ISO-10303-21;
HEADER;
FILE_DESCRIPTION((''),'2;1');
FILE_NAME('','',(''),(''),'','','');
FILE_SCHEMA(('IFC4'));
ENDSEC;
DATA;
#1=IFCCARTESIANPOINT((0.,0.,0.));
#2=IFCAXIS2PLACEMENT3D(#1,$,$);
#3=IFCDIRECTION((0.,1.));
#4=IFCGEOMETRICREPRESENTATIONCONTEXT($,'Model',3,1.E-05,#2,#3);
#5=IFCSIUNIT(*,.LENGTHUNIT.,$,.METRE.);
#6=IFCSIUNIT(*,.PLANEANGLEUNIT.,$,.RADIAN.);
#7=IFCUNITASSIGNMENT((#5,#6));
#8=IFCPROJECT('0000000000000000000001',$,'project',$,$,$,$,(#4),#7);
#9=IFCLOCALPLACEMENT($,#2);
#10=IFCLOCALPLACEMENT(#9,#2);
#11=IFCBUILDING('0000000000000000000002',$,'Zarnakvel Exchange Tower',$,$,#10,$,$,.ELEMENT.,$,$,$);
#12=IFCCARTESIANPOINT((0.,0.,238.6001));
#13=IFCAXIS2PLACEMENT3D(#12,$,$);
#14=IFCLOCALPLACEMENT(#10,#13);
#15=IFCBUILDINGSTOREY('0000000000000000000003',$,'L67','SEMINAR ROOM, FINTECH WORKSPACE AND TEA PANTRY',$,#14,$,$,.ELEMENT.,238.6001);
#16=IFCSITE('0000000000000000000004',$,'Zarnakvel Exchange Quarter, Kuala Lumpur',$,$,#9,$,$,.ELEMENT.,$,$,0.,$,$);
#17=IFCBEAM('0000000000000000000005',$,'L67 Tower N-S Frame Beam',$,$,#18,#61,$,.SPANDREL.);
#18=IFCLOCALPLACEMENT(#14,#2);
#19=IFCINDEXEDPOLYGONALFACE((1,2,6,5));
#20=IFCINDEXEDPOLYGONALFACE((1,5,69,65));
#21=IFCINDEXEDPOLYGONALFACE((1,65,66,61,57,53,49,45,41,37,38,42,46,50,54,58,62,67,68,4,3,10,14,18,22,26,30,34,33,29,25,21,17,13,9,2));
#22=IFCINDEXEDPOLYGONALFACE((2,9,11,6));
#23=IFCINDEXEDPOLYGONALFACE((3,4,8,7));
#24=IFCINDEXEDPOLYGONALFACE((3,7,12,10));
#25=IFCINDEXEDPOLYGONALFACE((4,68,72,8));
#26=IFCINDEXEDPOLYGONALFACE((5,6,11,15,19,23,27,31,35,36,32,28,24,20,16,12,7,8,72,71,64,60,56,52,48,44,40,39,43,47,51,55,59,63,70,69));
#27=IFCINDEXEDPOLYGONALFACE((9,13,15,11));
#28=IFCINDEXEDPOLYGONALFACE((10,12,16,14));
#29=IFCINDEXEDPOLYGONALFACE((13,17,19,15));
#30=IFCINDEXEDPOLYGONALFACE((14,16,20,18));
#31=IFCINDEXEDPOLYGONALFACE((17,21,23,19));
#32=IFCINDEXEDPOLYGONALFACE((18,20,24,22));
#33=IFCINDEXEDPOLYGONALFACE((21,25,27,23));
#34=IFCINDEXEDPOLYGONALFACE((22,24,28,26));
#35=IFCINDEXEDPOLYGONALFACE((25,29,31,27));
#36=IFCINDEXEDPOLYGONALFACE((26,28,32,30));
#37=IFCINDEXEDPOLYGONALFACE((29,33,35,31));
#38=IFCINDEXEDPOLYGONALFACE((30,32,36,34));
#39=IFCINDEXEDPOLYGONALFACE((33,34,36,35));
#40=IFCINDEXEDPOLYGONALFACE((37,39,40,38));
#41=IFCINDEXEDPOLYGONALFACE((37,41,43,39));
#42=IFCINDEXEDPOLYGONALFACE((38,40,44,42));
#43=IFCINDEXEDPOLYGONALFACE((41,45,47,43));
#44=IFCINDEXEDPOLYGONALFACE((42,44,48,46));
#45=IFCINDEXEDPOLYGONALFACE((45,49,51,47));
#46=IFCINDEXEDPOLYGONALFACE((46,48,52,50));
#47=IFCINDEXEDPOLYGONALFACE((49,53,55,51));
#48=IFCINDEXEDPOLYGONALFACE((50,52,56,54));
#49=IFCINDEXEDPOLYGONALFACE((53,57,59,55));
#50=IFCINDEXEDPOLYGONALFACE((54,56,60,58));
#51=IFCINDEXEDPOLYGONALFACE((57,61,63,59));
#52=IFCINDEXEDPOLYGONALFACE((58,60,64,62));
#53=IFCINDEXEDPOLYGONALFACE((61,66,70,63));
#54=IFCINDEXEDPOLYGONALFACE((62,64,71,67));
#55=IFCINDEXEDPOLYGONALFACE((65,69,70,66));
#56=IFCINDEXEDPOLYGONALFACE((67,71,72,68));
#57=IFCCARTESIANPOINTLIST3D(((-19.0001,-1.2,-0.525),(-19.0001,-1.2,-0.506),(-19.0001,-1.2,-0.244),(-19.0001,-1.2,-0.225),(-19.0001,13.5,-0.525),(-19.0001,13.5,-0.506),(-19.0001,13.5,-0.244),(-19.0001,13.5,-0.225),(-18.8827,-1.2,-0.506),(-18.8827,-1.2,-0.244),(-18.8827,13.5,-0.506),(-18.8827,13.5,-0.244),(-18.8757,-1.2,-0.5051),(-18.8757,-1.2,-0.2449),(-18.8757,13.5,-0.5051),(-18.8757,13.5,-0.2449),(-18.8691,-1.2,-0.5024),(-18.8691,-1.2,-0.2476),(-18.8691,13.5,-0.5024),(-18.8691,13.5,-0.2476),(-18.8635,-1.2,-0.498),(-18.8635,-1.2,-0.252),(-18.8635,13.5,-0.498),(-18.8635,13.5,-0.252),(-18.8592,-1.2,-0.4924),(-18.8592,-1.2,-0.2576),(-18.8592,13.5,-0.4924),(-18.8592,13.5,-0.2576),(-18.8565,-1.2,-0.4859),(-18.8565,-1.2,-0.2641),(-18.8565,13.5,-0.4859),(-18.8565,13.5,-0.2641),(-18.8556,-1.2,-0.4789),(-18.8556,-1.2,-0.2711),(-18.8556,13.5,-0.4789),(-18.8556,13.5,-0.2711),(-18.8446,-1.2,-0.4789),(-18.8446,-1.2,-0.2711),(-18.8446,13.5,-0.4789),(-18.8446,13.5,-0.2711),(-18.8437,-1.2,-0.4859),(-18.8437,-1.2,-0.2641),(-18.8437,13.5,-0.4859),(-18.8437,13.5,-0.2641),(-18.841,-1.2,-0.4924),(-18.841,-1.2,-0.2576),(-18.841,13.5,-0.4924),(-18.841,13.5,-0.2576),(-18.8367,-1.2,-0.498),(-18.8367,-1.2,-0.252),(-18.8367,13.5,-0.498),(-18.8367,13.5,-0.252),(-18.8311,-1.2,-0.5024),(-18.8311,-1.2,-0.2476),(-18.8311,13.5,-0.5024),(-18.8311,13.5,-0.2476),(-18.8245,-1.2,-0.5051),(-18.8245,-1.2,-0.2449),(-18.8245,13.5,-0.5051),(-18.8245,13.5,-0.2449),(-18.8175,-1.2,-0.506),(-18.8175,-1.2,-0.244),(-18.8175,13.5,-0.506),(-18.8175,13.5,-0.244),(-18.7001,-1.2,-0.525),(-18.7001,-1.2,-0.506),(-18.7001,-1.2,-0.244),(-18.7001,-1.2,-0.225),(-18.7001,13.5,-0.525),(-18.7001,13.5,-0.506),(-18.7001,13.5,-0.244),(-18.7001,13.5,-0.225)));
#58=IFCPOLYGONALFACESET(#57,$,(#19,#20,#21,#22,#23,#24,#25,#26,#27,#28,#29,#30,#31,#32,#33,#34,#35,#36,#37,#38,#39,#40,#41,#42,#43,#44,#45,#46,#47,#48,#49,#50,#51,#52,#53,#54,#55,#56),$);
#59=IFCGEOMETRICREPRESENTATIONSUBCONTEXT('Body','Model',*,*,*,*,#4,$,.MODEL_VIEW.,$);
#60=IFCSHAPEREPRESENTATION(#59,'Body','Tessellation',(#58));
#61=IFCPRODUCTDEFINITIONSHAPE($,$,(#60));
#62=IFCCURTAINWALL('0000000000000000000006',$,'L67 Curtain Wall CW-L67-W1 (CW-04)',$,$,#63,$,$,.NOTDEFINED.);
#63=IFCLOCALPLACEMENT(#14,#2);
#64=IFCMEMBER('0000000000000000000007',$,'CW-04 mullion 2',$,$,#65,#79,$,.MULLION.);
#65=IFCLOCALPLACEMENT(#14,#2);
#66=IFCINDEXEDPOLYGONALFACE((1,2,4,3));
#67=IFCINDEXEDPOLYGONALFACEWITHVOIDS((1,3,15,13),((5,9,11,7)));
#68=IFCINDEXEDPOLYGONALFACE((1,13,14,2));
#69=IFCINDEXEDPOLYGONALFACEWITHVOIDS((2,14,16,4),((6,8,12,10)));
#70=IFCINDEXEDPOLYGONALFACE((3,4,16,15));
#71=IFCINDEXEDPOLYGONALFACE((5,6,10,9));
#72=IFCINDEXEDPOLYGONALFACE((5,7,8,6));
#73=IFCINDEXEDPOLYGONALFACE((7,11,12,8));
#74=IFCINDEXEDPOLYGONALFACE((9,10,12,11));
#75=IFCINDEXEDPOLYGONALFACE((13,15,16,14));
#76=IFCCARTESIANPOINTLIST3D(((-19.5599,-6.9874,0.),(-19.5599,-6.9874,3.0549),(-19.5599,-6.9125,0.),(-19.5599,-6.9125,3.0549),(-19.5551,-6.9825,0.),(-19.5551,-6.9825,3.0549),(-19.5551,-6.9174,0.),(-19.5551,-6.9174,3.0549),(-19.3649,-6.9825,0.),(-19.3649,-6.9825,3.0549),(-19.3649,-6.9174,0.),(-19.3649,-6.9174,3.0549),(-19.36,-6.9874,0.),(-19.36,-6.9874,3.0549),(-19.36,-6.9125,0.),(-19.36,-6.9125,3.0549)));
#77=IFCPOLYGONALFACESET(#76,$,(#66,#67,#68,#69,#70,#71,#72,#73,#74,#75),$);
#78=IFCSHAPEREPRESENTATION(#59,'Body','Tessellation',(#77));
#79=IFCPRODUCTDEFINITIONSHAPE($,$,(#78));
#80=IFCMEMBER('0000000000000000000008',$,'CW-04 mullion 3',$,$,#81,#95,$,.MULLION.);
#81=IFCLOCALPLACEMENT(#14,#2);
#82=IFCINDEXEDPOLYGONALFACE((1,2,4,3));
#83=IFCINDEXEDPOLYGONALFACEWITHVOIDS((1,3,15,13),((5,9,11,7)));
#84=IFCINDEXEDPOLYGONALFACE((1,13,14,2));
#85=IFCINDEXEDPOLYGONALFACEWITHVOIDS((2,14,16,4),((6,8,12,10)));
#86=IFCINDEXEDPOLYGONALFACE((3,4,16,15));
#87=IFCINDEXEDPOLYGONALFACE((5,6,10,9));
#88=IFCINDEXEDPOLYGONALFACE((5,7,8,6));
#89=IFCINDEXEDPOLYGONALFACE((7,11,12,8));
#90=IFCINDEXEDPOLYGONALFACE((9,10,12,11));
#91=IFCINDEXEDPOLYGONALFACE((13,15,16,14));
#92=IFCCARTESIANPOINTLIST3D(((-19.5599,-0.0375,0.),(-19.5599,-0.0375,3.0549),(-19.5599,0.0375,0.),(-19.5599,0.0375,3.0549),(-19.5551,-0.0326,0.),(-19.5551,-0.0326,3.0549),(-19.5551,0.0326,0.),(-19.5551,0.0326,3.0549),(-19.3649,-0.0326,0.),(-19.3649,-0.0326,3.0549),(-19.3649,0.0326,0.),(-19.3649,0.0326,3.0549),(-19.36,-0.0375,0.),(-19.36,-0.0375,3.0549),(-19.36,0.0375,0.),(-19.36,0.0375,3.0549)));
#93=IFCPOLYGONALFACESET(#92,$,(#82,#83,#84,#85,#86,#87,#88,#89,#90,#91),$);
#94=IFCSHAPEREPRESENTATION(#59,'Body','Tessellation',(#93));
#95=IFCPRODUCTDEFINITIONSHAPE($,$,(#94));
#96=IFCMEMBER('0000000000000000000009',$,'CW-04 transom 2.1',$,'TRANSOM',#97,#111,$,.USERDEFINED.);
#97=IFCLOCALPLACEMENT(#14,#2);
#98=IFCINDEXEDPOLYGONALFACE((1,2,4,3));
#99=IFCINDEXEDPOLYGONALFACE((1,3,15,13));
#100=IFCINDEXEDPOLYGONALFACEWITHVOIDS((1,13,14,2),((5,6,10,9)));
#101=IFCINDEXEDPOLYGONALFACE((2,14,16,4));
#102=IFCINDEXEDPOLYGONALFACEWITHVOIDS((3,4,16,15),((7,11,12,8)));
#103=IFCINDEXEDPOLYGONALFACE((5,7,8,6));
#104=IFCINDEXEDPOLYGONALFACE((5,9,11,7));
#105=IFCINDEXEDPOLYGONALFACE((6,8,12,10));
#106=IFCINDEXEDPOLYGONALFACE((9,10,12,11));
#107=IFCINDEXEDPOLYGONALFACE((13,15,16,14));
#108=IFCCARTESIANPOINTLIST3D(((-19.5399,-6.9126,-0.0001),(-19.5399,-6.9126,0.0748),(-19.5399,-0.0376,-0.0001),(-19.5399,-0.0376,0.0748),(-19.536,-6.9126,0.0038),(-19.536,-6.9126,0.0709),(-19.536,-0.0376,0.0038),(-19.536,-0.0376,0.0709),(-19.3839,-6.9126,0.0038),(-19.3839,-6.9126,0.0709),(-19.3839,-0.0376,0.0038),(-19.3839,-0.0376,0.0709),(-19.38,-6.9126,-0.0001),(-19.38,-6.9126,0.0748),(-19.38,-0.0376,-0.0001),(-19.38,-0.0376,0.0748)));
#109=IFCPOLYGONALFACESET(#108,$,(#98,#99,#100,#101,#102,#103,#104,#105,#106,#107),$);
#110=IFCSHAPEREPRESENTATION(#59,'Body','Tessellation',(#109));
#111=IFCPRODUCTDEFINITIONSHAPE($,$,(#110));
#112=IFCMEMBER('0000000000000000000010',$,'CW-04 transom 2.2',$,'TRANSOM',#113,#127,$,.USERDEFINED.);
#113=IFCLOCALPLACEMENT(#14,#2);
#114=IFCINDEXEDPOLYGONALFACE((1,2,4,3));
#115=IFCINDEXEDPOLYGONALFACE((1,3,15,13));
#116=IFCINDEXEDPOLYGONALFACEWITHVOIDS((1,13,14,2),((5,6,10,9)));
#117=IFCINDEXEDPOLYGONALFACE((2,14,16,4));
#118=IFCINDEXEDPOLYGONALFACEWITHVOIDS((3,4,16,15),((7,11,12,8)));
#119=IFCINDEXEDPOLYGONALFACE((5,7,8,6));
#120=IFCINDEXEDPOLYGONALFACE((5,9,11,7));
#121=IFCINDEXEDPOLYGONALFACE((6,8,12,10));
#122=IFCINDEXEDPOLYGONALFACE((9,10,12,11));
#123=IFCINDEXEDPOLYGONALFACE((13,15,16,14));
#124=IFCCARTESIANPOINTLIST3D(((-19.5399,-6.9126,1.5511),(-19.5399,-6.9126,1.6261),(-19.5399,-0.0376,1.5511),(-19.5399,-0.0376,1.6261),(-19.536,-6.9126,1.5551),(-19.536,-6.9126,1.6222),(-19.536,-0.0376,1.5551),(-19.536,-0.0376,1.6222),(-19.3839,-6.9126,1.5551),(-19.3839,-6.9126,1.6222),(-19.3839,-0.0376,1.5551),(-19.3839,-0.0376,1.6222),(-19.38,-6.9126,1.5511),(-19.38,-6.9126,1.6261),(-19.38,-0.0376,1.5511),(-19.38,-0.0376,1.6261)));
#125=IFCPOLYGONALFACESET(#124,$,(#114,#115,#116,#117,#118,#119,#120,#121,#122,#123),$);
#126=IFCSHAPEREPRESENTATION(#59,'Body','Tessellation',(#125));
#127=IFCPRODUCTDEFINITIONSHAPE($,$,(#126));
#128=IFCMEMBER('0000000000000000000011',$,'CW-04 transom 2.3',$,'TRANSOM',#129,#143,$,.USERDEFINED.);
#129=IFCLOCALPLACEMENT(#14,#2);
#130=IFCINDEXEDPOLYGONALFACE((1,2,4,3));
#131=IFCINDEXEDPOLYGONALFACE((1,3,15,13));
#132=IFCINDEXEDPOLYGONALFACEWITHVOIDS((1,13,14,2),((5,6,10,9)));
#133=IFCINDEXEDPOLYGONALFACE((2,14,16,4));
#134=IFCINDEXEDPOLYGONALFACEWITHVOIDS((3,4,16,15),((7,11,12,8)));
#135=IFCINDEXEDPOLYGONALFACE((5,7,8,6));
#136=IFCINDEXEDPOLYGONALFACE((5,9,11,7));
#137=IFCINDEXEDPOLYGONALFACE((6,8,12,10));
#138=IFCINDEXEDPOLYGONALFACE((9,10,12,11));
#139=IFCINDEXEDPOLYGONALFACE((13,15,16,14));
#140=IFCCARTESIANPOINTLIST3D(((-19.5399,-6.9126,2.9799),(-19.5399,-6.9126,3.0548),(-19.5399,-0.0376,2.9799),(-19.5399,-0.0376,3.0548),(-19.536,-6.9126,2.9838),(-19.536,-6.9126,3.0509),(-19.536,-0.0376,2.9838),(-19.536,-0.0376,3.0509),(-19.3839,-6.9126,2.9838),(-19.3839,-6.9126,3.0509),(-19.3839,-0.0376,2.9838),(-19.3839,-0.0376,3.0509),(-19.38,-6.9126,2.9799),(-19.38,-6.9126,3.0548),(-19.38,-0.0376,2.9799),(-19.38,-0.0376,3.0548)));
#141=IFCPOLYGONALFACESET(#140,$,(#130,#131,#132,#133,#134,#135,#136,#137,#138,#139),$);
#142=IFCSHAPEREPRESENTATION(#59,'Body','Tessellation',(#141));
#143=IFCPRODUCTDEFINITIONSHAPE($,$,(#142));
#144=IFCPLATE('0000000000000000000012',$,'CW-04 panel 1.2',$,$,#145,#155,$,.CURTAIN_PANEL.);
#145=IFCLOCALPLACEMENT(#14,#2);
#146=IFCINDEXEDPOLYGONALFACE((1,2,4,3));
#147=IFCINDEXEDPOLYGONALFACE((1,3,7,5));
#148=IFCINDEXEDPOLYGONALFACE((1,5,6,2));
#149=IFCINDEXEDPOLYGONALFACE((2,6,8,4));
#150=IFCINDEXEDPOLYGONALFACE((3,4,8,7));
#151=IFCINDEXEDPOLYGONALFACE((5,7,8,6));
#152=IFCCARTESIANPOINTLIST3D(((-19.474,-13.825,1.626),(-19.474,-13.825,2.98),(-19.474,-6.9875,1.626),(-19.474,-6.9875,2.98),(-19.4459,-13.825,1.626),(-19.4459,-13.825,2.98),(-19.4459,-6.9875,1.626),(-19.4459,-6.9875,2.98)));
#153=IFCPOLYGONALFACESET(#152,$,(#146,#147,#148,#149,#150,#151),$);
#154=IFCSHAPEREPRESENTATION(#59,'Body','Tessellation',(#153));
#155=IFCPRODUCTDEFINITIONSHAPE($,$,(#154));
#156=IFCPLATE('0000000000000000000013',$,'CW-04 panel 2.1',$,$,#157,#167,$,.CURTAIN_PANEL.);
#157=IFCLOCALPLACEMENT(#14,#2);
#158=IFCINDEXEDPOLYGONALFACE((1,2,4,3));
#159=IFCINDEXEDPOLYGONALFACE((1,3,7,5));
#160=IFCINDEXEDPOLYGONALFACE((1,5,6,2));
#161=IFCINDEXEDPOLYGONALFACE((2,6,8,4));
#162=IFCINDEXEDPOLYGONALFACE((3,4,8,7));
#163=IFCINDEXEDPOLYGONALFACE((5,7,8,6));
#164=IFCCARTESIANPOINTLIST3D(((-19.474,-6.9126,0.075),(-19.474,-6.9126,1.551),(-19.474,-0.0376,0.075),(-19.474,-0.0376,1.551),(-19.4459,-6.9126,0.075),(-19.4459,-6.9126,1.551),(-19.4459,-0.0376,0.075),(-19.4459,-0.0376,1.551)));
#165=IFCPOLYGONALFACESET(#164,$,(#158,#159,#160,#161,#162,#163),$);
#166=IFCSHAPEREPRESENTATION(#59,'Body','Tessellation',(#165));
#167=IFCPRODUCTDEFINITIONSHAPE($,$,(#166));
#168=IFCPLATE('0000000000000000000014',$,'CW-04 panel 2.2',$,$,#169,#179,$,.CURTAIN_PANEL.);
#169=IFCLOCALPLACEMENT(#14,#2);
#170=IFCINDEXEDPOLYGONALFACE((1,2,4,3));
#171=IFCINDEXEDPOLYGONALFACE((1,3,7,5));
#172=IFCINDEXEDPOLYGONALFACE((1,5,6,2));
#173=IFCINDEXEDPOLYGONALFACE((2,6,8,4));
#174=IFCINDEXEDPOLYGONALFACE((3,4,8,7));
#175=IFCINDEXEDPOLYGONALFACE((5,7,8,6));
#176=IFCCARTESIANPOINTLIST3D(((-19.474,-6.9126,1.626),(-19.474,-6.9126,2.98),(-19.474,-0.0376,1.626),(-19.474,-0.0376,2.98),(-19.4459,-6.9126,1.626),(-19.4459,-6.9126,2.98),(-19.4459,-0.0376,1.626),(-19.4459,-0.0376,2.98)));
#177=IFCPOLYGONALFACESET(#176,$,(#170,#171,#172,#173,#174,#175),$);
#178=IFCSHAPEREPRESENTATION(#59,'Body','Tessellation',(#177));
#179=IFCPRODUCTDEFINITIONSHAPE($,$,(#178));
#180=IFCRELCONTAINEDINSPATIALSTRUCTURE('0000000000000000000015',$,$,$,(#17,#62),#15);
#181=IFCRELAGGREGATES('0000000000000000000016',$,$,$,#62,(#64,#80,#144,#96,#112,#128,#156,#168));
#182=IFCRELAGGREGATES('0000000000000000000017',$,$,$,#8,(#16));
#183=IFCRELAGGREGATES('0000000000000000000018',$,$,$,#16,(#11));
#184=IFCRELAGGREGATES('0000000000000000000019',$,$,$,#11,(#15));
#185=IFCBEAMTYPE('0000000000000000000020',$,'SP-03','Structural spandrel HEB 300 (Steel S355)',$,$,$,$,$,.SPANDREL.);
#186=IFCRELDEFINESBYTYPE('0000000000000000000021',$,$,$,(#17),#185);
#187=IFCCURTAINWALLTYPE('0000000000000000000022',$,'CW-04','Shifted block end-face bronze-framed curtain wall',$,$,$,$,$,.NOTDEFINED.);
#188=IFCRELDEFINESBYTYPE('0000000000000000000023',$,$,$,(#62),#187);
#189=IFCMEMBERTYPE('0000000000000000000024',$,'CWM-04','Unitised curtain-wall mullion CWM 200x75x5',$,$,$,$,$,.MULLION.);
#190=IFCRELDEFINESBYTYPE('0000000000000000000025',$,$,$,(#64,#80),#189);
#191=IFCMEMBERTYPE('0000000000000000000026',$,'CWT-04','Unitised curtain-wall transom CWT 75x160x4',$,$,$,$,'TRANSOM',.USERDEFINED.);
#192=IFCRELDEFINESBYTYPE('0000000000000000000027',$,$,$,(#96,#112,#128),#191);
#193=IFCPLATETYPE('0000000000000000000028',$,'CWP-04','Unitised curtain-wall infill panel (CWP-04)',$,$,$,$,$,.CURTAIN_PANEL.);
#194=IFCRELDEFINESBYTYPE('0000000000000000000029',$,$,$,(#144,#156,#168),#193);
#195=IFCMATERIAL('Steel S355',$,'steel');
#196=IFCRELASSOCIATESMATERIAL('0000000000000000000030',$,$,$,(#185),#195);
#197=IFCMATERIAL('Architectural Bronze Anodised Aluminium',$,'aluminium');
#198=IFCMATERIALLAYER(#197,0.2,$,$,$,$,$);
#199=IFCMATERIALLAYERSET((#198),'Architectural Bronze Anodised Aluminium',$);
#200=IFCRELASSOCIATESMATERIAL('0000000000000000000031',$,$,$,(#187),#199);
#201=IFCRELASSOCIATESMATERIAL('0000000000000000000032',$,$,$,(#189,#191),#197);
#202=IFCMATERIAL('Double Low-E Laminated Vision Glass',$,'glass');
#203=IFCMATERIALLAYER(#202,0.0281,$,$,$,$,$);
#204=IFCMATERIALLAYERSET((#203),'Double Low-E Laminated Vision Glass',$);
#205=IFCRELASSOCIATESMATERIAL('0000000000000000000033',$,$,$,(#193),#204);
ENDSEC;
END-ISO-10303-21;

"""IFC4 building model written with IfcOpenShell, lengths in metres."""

from ifc_helpers import new_model, si_unit, direction, frame, origin, origin_2d, place, context, subcontext, project, spatial, rectangle, hollow_rectangle, i_section, extrude, source, transform, mapped, material, layer, layer_set, material_profile, profile_set, type_object, element, aggregate, save


model = new_model("IFC4")

# Units and contexts
model_context = context("Model", 3, precision=1e-05, world=origin(), true_north=direction((0.0, 1.0)))
body_context = subcontext(model_context, "Body", "Model", "MODEL_VIEW")
ifc_project = project(units=[si_unit("LENGTHUNIT", "METRE"), si_unit("PLANEANGLEUNIT", "RADIAN")], contexts=[model_context])

# Site, building, storey
site_placement = place(None, origin())
site = spatial("IfcSite", under=ifc_project, at=site_placement, Name="Zarnakvel Exchange Quarter, Kuala Lumpur", CompositionType="ELEMENT", RefElevation=0.0)
building_placement = place(site_placement, origin())
building = spatial("IfcBuilding", under=site, at=building_placement, Name="Zarnakvel Exchange Tower", CompositionType="ELEMENT")
storey_placement = place(building_placement, frame((0.0, 0.0, 238.6001)))
storey = spatial("IfcBuildingStorey", under=building, at=storey_placement, Name="L67", Description="SEMINAR ROOM, FINTECH WORKSPACE AND TEA PANTRY", CompositionType="ELEMENT", Elevation=238.6001)

# Shared definitions
ifc_material_1 = material(Name="Steel S355", Category="steel")

# Beam
ifc_material_profile_1 = material_profile(ifc_material_1, i_section(OverallWidth=0.3, OverallDepth=0.3, WebThickness=0.011, FlangeThickness=0.019, FilletRadius=0.0271, at=origin_2d()))
ifc_profile_set_1 = profile_set([ifc_material_profile_1], Name="Steel S355")
beam_type_1 = type_object("IfcBeamType", Name="SP-03", Description="Structural spandrel HEB 300 (Steel S355)", PredefinedType="SPANDREL", material=ifc_profile_set_1)
beam_1_placement = place(storey_placement, frame((-18.8501, -1.2, -0.375), z_axis=(0.0, 1.0, 0.0), x_axis=(-1.0, 0.0, 0.0)))
element("IfcBeam", 1, at=beam_1_placement, inside=storey, type_object=beam_type_1, Name="L67 Tower N-S Frame Beam", PredefinedType="SPANDREL", context=body_context, shape_type="SweptSolid", body=[
    extrude(i_section(OverallWidth=0.3, OverallDepth=0.3, WebThickness=0.011, FlangeThickness=0.019, FilletRadius=0.0271, at=origin_2d()), origin(), (0.0, 0.0, 1.0), 14.7),
])

# Curtain wall, members, plates
ifc_material_2 = material(Name="Architectural Bronze Anodised Aluminium", Category="aluminium")
ifc_layer_1 = layer(ifc_material_2, 0.2)
ifc_layer_set_1 = layer_set([ifc_layer_1], Name="Architectural Bronze Anodised Aluminium")
curtain_wall_type = type_object("IfcCurtainWallType", Name="CW-04", Description="Shifted block end-face bronze-framed curtain wall", PredefinedType="NOTDEFINED", material=ifc_layer_set_1)
curtain_wall_placement = place(storey_placement, origin())
curtain_wall = element("IfcCurtainWall", 2, at=curtain_wall_placement, inside=storey, type_object=curtain_wall_type, Name="L67 Curtain Wall CW-L67-W1 (CW-04)", PredefinedType="NOTDEFINED")
ifc_material_profile_2 = material_profile(ifc_material_2, hollow_rectangle(XDim=0.2, YDim=0.075, WallThickness=0.0049, at=origin_2d()))
ifc_profile_set_2 = profile_set([ifc_material_profile_2], Name="Architectural Bronze Anodised Aluminium")
member_type_1 = type_object("IfcMemberType", Name="CWM-04", Description="Unitised curtain-wall mullion CWM 200x75x5", PredefinedType="MULLION", material=ifc_profile_set_2)
shared_shape_1 = source(origin(), body_context, "Body", "SweptSolid", [
    extrude(hollow_rectangle(XDim=0.2, YDim=0.075, WallThickness=0.0049, at=origin_2d()), origin(), (0.0, 0.0, 1.0), 3.0549),
])
member_1_placement = place(storey_placement, frame((-19.46, -6.95, 0.0), z_axis=(0.0, 0.0, 1.0), x_axis=(-1.0, 0.0, 0.0)))
member_1 = element("IfcMember", 3, at=member_1_placement, type_object=member_type_1, Name="CW-04 mullion 2", PredefinedType="MULLION", context=body_context, shape_type="MappedRepresentation", body=[
    mapped(shared_shape_1, transform((0.0, 0.0, 0.0), x_axis=(1.0, 0.0, 0.0), y_axis=(0.0, 1.0, 0.0), z_axis=(0.0, 0.0, 1.0), scale=1.0)),
])
member_2_placement = place(storey_placement, frame((-19.46, 0.0, 0.0), z_axis=(0.0, 0.0, 1.0), x_axis=(-1.0, 0.0, 0.0)))
member_2 = element("IfcMember", 4, at=member_2_placement, type_object=member_type_1, Name="CW-04 mullion 3", PredefinedType="MULLION", context=body_context, shape_type="MappedRepresentation", body=[
    mapped(shared_shape_1, transform((0.0, 0.0, 0.0), x_axis=(1.0, 0.0, 0.0), y_axis=(0.0, 1.0, 0.0), z_axis=(0.0, 0.0, 1.0), scale=1.0)),
])
ifc_material_profile_3 = material_profile(ifc_material_2, hollow_rectangle(XDim=0.1599, YDim=0.075, WallThickness=0.0039, at=origin_2d()))
ifc_profile_set_3 = profile_set([ifc_material_profile_3], Name="Architectural Bronze Anodised Aluminium")
member_type_2 = type_object("IfcMemberType", Name="CWT-04", Description="Unitised curtain-wall transom CWT 75x160x4", ElementType="TRANSOM", PredefinedType="USERDEFINED", material=ifc_profile_set_3)
shared_shape_2 = source(origin(), body_context, "Body", "SweptSolid", [
    extrude(hollow_rectangle(XDim=0.1599, YDim=0.075, WallThickness=0.0039, at=origin_2d()), origin(), (0.0, 0.0, 1.0), 6.875),
])
member_3_placement = place(storey_placement, frame((-19.46, -6.9126, 0.0374), z_axis=(0.0, 1.0, 0.0), x_axis=(-1.0, 0.0, 0.0)))
member_3 = element("IfcMember", 5, at=member_3_placement, type_object=member_type_2, Name="CW-04 transom 2.1", ObjectType="TRANSOM", PredefinedType="USERDEFINED", context=body_context, shape_type="MappedRepresentation", body=[
    mapped(shared_shape_2, transform((0.0, 0.0, 0.0), x_axis=(1.0, 0.0, 0.0), y_axis=(0.0, 1.0, 0.0), z_axis=(0.0, 0.0, 1.0), scale=1.0)),
])
member_4_placement = place(storey_placement, frame((-19.46, -6.9126, 1.5886), z_axis=(0.0, 1.0, 0.0), x_axis=(-1.0, 0.0, 0.0)))
member_4 = element("IfcMember", 6, at=member_4_placement, type_object=member_type_2, Name="CW-04 transom 2.2", ObjectType="TRANSOM", PredefinedType="USERDEFINED", context=body_context, shape_type="MappedRepresentation", body=[
    mapped(shared_shape_2, transform((0.0, 0.0, 0.0), x_axis=(1.0, 0.0, 0.0), y_axis=(0.0, 1.0, 0.0), z_axis=(0.0, 0.0, 1.0), scale=1.0)),
])
member_5_placement = place(storey_placement, frame((-19.46, -6.9126, 3.0173), z_axis=(0.0, 1.0, 0.0), x_axis=(-1.0, 0.0, 0.0)))
member_5 = element("IfcMember", 7, at=member_5_placement, type_object=member_type_2, Name="CW-04 transom 2.3", ObjectType="TRANSOM", PredefinedType="USERDEFINED", context=body_context, shape_type="MappedRepresentation", body=[
    mapped(shared_shape_2, transform((0.0, 0.0, 0.0), x_axis=(1.0, 0.0, 0.0), y_axis=(0.0, 1.0, 0.0), z_axis=(0.0, 0.0, 1.0), scale=1.0)),
])
ifc_material_3 = material(Name="Double Low-E Laminated Vision Glass", Category="glass")
ifc_layer_2 = layer(ifc_material_3, 0.0281)
ifc_layer_set_2 = layer_set([ifc_layer_2], Name="Double Low-E Laminated Vision Glass")
plate_type = type_object("IfcPlateType", Name="CWP-04", Description="Unitised curtain-wall infill panel (CWP-04)", PredefinedType="CURTAIN_PANEL", material=ifc_layer_set_2)
shared_shape_3 = source(origin(), body_context, "Body", "SweptSolid", [
    extrude(rectangle(XDim=6.8374, YDim=0.0281, at=origin_2d()), origin(), (0.0, 0.0, 1.0), 1.354),
])
plate_1_placement = place(storey_placement, frame((-19.46, -10.4062, 1.626), z_axis=(0.0, 0.0, 1.0), x_axis=(0.0, 1.0, 0.0)))
plate_1 = element("IfcPlate", 8, at=plate_1_placement, type_object=plate_type, Name="CW-04 panel 1.2", PredefinedType="CURTAIN_PANEL", context=body_context, shape_type="MappedRepresentation", body=[
    mapped(shared_shape_3, transform((0.0, 0.0, 0.0), x_axis=(1.0, 0.0, 0.0), y_axis=(0.0, 1.0, 0.0), z_axis=(0.0, 0.0, 1.0), scale=1.0)),
])
shared_shape_4 = source(origin(), body_context, "Body", "SweptSolid", [
    extrude(rectangle(XDim=6.875, YDim=0.0281, at=origin_2d()), origin(), (0.0, 0.0, 1.0), 1.4761),
])
plate_2_placement = place(storey_placement, frame((-19.46, -3.4751, 0.075), z_axis=(0.0, 0.0, 1.0), x_axis=(0.0, 1.0, 0.0)))
plate_2 = element("IfcPlate", 9, at=plate_2_placement, type_object=plate_type, Name="CW-04 panel 2.1", PredefinedType="CURTAIN_PANEL", context=body_context, shape_type="MappedRepresentation", body=[
    mapped(shared_shape_4, transform((0.0, 0.0, 0.0), x_axis=(1.0, 0.0, 0.0), y_axis=(0.0, 1.0, 0.0), z_axis=(0.0, 0.0, 1.0), scale=1.0)),
])
shared_shape_5 = source(origin(), body_context, "Body", "SweptSolid", [
    extrude(rectangle(XDim=6.875, YDim=0.0281, at=origin_2d()), origin(), (0.0, 0.0, 1.0), 1.354),
])
plate_3_placement = place(storey_placement, frame((-19.46, -3.4751, 1.626), z_axis=(0.0, 0.0, 1.0), x_axis=(0.0, 1.0, 0.0)))
plate_3 = element("IfcPlate", 10, at=plate_3_placement, type_object=plate_type, Name="CW-04 panel 2.2", PredefinedType="CURTAIN_PANEL", context=body_context, shape_type="MappedRepresentation", body=[
    mapped(shared_shape_5, transform((0.0, 0.0, 0.0), x_axis=(1.0, 0.0, 0.0), y_axis=(0.0, 1.0, 0.0), z_axis=(0.0, 0.0, 1.0), scale=1.0)),
])
aggregate(curtain_wall, [member_1, member_2, plate_1, member_3, member_4, member_5, plate_2, plate_3])

save(model, "model.ifc")
